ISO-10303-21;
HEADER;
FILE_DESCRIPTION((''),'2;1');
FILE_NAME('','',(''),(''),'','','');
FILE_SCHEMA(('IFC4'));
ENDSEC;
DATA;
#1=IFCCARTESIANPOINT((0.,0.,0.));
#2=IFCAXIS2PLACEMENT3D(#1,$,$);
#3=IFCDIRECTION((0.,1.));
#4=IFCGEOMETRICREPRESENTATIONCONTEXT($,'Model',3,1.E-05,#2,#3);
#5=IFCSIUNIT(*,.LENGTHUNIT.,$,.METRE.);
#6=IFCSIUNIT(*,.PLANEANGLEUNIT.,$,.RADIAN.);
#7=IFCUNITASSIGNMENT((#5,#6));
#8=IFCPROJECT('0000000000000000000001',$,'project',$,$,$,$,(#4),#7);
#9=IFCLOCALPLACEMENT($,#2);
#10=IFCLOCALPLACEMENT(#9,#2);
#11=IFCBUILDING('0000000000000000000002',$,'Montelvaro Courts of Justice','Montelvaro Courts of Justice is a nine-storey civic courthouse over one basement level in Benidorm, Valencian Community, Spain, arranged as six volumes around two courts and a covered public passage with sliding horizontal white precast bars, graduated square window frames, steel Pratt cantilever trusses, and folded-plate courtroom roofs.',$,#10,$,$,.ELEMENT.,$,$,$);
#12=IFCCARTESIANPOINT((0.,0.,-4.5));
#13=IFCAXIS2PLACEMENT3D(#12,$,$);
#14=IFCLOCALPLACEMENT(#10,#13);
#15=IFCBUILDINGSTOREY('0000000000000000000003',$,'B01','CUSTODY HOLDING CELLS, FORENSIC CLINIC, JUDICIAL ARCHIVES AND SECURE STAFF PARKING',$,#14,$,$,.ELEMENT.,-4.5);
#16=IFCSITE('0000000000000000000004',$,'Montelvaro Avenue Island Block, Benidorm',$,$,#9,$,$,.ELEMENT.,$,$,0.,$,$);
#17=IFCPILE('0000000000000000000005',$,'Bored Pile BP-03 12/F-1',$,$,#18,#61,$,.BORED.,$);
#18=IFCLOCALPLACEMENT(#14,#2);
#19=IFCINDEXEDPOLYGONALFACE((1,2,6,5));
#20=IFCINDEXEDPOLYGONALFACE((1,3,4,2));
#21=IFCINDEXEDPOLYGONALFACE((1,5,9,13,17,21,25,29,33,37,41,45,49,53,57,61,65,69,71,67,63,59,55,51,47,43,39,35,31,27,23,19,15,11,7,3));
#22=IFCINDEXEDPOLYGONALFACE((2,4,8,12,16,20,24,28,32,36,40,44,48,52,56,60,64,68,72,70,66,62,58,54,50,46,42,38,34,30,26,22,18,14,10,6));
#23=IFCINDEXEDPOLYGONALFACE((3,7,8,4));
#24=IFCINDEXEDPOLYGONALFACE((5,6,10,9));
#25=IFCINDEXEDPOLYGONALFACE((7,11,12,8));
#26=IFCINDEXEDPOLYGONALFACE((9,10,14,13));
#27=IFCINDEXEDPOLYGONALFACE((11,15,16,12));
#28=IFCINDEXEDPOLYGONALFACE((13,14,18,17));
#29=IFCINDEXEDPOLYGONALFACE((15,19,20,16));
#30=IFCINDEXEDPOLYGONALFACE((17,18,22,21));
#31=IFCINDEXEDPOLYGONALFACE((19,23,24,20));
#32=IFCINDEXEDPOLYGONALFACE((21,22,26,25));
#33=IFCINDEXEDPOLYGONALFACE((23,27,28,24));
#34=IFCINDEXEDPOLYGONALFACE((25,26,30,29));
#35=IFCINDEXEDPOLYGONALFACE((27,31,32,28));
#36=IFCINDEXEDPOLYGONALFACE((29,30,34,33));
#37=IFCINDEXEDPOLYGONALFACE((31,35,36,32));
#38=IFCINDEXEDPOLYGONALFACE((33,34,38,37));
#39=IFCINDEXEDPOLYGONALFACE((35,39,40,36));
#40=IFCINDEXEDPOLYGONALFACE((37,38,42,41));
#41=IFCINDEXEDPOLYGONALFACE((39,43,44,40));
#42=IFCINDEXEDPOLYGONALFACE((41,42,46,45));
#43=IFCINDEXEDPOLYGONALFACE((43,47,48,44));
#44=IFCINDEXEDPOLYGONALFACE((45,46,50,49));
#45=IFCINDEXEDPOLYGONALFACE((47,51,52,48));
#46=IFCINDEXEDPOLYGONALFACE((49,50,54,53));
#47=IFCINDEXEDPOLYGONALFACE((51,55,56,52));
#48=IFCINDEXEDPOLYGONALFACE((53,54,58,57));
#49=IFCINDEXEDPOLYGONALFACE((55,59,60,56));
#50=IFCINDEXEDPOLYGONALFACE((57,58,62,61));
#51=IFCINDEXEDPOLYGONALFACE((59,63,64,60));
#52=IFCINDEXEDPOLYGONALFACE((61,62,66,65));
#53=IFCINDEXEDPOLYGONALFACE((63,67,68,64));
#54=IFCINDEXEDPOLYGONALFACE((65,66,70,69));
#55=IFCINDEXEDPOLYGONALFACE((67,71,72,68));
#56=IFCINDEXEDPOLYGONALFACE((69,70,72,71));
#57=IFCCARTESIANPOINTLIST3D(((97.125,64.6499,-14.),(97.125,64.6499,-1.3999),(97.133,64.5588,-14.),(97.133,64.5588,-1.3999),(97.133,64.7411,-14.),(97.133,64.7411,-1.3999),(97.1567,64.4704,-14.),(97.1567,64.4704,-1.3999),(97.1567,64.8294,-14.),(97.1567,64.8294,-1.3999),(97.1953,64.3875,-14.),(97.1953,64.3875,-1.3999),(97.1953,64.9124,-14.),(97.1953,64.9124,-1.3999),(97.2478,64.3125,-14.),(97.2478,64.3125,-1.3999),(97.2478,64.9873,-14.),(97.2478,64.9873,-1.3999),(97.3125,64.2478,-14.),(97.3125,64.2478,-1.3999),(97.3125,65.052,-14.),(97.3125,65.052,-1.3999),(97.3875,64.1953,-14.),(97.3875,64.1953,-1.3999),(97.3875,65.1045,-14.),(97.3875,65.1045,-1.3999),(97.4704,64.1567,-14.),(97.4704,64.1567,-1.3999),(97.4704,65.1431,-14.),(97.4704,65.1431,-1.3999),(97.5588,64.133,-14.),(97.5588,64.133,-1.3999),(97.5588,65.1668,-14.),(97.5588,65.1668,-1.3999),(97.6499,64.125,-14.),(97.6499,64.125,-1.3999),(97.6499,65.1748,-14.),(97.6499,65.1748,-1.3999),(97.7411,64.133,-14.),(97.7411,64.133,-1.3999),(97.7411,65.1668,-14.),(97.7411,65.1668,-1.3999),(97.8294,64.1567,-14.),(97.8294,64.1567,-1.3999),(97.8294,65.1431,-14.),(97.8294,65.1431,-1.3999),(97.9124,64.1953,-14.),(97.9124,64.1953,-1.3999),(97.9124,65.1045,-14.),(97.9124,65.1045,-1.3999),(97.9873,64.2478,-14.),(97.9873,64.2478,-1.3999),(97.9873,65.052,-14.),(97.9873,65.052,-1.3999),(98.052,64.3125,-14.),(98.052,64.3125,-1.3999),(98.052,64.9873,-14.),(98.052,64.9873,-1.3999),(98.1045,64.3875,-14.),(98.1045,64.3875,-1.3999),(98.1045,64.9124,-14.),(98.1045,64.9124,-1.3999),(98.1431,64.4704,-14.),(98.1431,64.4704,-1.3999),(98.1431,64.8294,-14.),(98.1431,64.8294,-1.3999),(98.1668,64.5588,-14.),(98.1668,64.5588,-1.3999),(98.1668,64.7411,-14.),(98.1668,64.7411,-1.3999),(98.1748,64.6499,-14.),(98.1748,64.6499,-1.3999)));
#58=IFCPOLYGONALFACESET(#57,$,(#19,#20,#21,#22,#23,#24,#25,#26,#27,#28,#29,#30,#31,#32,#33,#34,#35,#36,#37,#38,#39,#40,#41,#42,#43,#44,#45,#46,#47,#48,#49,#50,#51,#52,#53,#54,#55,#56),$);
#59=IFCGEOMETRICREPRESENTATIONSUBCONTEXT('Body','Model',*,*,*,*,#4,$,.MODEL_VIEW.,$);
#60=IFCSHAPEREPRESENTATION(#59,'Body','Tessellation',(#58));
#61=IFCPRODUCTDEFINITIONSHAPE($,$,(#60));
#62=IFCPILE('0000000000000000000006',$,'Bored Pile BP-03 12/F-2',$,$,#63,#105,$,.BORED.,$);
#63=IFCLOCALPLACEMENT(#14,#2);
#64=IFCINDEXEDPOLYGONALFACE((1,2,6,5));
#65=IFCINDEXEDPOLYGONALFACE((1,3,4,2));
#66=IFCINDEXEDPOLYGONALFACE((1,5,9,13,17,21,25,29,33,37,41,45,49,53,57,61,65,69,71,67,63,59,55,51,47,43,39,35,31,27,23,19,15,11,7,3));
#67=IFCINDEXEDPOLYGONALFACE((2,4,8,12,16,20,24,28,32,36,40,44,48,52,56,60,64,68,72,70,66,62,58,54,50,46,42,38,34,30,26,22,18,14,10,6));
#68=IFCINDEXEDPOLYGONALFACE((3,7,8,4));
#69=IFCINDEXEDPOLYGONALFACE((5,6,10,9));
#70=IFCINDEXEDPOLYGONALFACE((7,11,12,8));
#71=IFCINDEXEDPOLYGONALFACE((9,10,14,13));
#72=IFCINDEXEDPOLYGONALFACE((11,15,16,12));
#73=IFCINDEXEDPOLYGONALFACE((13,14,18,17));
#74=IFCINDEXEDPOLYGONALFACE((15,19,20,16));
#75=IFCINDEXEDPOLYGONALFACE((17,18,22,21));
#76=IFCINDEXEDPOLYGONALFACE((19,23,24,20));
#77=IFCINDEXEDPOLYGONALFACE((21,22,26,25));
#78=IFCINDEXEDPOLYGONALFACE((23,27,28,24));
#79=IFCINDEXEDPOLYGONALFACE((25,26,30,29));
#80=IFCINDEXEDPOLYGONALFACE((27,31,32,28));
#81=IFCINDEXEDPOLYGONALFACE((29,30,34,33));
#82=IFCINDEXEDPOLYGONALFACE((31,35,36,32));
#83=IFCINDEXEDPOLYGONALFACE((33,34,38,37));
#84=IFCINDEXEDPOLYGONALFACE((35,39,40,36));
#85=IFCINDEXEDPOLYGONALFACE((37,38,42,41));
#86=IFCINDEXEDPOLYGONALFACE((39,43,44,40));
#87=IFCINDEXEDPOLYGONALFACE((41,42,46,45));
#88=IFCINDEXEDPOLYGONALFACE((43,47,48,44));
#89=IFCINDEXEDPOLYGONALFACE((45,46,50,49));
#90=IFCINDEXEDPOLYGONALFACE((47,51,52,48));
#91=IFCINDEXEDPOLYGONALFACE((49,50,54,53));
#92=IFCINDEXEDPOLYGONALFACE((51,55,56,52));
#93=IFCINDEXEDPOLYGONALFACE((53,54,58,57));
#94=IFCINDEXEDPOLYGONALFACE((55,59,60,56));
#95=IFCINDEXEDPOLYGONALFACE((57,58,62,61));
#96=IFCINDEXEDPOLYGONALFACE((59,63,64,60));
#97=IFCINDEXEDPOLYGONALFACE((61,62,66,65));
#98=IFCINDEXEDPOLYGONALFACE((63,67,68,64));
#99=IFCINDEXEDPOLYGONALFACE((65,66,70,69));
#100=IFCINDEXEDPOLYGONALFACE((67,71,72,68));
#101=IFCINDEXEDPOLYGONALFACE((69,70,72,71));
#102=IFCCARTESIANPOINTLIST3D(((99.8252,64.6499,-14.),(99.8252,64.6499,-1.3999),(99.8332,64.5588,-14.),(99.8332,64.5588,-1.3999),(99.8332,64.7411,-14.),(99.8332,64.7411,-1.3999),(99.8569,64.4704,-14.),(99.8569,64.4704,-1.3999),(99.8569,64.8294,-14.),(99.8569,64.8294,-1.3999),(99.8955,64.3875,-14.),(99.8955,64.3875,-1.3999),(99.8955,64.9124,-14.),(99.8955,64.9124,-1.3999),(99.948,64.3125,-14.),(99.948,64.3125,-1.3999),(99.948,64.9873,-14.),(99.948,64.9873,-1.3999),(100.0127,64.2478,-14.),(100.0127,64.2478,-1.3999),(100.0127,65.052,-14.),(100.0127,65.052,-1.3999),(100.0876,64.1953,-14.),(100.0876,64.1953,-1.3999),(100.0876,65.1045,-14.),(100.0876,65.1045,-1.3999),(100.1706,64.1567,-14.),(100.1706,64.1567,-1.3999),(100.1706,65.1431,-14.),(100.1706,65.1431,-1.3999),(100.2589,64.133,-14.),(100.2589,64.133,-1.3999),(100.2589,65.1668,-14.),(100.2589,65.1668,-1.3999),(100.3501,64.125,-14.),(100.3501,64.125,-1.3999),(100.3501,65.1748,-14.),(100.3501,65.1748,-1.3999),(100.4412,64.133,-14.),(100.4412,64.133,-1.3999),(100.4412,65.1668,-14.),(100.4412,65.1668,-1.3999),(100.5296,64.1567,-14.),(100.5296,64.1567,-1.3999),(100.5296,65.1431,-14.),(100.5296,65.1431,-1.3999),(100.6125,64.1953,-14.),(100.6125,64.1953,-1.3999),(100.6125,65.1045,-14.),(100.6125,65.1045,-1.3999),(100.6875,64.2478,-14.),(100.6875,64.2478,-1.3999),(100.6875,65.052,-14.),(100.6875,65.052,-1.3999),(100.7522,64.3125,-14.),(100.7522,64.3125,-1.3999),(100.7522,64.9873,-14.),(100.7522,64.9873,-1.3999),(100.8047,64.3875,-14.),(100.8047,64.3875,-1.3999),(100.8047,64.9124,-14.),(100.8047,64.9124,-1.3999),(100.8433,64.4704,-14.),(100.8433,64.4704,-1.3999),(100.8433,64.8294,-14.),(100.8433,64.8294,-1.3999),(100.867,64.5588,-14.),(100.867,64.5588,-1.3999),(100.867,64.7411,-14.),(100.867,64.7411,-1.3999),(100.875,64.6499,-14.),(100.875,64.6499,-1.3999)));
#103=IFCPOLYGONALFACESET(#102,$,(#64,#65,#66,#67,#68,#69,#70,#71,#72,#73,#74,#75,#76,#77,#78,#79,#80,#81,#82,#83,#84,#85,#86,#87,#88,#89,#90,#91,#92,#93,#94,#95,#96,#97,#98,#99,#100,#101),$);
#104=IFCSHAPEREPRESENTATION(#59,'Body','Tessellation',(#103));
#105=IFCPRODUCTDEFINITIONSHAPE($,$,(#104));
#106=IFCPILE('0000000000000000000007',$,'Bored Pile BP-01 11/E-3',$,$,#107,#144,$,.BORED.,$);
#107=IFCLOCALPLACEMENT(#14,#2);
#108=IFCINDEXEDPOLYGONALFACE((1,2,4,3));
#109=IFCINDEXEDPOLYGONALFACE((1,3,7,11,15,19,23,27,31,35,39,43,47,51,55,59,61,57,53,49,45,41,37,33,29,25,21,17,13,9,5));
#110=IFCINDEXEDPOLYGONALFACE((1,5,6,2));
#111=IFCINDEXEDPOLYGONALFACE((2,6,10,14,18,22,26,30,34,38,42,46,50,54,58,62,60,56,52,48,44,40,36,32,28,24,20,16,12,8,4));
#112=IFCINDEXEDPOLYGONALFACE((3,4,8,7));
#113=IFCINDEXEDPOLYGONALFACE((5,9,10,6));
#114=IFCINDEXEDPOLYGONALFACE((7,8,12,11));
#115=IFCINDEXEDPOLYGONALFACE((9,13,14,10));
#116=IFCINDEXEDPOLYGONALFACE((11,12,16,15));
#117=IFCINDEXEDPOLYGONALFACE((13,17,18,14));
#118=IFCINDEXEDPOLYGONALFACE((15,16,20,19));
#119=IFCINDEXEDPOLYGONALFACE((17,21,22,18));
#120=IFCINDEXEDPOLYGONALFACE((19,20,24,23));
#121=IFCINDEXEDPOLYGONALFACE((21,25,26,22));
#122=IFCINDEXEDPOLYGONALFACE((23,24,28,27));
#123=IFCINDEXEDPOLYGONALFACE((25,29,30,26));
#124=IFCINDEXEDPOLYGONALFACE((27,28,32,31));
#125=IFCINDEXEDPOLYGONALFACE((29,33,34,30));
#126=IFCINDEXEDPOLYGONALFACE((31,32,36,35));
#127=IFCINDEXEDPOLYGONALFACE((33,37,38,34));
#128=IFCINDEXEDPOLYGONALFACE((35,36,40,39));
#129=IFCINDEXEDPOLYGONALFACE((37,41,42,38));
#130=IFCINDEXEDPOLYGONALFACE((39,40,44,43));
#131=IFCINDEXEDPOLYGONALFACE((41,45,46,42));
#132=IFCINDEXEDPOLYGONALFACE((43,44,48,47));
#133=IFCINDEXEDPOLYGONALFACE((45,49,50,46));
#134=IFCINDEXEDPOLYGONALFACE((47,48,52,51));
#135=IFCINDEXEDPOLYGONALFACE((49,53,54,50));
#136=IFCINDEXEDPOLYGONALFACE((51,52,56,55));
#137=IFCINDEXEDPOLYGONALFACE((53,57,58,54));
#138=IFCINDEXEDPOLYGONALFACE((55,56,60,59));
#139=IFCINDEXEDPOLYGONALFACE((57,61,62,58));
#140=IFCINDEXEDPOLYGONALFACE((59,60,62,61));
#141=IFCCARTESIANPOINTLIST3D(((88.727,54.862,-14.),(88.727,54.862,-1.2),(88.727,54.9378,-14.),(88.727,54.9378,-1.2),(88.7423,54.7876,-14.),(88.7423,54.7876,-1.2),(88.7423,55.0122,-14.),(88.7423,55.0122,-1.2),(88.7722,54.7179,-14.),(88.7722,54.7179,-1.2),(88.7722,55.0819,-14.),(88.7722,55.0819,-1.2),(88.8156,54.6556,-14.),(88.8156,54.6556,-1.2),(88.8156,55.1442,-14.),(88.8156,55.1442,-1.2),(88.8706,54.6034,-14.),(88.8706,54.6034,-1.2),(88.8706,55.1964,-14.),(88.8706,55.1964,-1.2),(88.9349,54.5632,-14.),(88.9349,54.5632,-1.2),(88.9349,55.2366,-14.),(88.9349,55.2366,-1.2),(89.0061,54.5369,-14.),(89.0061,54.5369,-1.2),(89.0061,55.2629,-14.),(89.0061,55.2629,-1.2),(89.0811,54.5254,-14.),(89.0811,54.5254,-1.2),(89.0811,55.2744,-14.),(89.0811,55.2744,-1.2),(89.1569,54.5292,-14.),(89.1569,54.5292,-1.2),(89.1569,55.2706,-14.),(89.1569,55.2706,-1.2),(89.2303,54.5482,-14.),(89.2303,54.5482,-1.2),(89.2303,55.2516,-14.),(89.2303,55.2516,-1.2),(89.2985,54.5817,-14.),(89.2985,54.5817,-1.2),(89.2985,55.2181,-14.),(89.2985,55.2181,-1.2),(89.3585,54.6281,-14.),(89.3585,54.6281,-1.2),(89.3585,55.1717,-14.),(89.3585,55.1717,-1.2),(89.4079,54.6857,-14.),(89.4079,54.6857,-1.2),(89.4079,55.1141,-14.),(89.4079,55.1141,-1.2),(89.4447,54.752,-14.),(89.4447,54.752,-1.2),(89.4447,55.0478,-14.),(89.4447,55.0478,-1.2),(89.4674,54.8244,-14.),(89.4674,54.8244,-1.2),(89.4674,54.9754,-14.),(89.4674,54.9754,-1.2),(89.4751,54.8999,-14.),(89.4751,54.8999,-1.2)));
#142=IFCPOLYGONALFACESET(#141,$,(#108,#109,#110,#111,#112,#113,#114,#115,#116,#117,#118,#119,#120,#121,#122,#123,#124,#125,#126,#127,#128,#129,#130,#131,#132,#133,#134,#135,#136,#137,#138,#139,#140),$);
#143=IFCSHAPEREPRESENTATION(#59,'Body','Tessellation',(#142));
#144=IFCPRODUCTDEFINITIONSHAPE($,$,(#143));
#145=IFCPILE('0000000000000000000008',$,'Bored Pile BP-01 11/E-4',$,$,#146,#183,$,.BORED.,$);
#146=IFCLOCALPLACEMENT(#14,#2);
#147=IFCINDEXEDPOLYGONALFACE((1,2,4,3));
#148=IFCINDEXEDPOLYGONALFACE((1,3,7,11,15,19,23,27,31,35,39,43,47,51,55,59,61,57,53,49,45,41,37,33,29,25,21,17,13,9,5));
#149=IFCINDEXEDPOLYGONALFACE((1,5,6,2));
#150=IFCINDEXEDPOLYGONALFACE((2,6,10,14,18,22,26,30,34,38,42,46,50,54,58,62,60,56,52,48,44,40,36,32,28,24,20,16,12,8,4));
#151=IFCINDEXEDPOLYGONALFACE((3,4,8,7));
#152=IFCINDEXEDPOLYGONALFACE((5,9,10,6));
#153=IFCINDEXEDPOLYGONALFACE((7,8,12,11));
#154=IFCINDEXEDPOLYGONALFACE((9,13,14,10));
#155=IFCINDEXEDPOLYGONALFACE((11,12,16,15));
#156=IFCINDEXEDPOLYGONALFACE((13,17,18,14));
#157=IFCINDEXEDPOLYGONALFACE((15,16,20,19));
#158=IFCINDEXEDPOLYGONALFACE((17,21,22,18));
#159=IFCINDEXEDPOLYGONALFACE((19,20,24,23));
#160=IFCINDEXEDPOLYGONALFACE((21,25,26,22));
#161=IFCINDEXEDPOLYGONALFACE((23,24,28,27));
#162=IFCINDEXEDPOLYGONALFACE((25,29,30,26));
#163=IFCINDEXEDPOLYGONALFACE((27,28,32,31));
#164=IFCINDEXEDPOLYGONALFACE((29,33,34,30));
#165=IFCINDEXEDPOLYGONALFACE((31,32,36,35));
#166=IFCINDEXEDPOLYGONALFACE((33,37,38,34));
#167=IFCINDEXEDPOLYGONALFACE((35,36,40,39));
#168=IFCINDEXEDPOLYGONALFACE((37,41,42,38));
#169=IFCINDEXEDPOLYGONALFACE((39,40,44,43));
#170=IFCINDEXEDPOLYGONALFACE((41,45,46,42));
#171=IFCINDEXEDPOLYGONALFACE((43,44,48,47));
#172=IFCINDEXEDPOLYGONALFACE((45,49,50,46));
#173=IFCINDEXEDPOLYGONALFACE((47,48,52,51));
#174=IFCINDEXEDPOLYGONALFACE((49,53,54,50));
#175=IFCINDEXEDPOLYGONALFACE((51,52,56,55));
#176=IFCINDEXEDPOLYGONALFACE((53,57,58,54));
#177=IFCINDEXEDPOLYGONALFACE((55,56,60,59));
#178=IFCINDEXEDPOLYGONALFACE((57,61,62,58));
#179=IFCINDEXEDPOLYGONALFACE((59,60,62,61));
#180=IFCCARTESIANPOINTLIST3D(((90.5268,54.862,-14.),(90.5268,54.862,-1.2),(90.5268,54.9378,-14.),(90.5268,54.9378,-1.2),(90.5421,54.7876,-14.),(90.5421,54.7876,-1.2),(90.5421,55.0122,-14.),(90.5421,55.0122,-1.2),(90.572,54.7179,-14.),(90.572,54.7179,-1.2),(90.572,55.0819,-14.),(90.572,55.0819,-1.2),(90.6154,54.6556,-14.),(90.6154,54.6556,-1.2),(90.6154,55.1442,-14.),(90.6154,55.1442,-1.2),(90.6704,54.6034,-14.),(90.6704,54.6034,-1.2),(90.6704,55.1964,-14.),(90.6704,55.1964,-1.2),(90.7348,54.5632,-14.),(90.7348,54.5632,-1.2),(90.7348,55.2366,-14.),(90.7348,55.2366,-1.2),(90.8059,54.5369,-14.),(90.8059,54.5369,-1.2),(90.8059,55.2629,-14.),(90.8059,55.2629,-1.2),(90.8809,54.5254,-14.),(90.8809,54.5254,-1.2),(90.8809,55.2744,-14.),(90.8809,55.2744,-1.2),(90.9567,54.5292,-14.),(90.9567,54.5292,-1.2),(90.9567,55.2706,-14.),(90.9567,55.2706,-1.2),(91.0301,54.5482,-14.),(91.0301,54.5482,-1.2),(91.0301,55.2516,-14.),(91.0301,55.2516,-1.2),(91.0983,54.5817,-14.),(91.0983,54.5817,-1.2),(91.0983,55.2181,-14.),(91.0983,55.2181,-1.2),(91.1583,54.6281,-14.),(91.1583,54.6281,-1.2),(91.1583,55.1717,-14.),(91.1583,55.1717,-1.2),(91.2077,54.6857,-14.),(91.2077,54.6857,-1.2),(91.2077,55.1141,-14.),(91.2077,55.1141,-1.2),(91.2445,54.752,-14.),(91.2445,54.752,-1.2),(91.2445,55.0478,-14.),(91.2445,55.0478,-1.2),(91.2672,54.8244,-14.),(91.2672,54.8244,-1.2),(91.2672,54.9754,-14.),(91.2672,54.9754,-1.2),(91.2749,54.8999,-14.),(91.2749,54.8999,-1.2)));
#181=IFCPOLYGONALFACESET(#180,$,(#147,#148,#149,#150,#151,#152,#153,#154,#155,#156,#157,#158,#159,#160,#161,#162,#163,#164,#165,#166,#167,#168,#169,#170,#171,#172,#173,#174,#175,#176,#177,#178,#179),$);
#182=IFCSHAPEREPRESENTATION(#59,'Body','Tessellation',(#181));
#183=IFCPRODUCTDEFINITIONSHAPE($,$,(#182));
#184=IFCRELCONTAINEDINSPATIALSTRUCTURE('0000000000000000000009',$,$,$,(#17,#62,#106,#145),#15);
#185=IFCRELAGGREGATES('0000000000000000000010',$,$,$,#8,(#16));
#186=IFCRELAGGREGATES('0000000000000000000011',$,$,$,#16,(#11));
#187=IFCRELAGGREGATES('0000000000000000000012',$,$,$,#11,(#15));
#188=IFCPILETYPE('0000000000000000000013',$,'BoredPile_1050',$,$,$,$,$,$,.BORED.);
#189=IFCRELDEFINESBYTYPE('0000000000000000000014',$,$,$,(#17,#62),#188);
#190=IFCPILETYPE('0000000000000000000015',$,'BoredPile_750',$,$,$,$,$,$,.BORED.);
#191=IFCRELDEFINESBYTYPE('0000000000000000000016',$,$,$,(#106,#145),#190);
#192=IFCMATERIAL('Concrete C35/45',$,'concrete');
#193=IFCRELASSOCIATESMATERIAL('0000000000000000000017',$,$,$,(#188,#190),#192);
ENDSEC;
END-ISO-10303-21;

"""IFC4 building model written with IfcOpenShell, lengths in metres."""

from ifc_helpers import new_model, si_unit, direction, frame, origin, origin_2d, place, context, subcontext, project, spatial, circle, extrude, material, material_profile, profile_set, type_object, element, save


model = new_model("IFC4")

# Units and contexts
model_context = context("Model", 3, precision=1e-05, world=origin(), true_north=direction((0.0, 1.0)))
body_context = subcontext(model_context, "Body", "Model", "MODEL_VIEW")
ifc_project = project(units=[si_unit("LENGTHUNIT", "METRE"), si_unit("PLANEANGLEUNIT", "RADIAN")], contexts=[model_context])

# Site, building, storey
site_placement = place(None, origin())
site = spatial("IfcSite", under=ifc_project, at=site_placement, Name="Montelvaro Avenue Island Block, Benidorm", CompositionType="ELEMENT", RefElevation=0.0)
building_placement = place(site_placement, origin())
building = spatial("IfcBuilding", under=site, at=building_placement, Name="Montelvaro Courts of Justice", Description="Montelvaro Courts of Justice is a nine-storey civic courthouse over one basement level in Benidorm, Valencian Community, Spain, arranged as six volumes around two courts and a covered public passage with sliding horizontal white precast bars, graduated square window frames, steel Pratt cantilever trusses, and folded-plate courtroom roofs.", CompositionType="ELEMENT")
storey_placement = place(building_placement, frame((0.0, 0.0, -4.5)))
storey = spatial("IfcBuildingStorey", under=building, at=storey_placement, Name="B01", Description="CUSTODY HOLDING CELLS, FORENSIC CLINIC, JUDICIAL ARCHIVES AND SECURE STAFF PARKING", CompositionType="ELEMENT", Elevation=-4.5)

# Piles
ifc_material_1 = material(Name="Concrete C35/45", Category="concrete")
ifc_material_profile_1 = material_profile(ifc_material_1, circle(Radius=0.5249, at=origin_2d()), Name="BORED PILE D1050")
ifc_profile_set_1 = profile_set([ifc_material_profile_1], Name="Concrete C35/45")
pile_type_1 = type_object("IfcPileType", Name="BoredPile_1050", PredefinedType="BORED", material=ifc_profile_set_1)
for number, where, z_axis, x_axis, name in (
    (1, (97.6499, 64.6499, -1.3999), (0.0, 0.0, -1.0), (1.0, 0.0, 0.0), "Bored Pile BP-03 12/F-1"),
    (2, (100.3501, 64.6499, -1.3999), (0.0, 0.0, -1.0), (1.0, 0.0, 0.0), "Bored Pile BP-03 12/F-2"),
):
    element("IfcPile", number, at=place(storey_placement, frame(where, z_axis=z_axis, x_axis=x_axis)), inside=storey, type_object=pile_type_1, Name=name, PredefinedType="BORED", context=body_context, shape_type="SweptSolid", body=[
        extrude(circle(Radius=0.5249, at=origin_2d()), origin(), (0.0, 0.0, 1.0), 12.6001),
    ])
ifc_material_profile_2 = material_profile(ifc_material_1, circle(Radius=0.375, at=origin_2d()), Name="BORED PILE D750")
ifc_profile_set_2 = profile_set([ifc_material_profile_2], Name="Concrete C35/45")
pile_type_2 = type_object("IfcPileType", Name="BoredPile_750", PredefinedType="BORED", material=ifc_profile_set_2)
for number, where, z_axis, x_axis, name in (
    (3, (89.1001, 54.8999, -1.2), (0.0, 0.0, -1.0), (1.0, 0.0, 0.0), "Bored Pile BP-01 11/E-3"),
    (4, (90.8999, 54.8999, -1.2), (0.0, 0.0, -1.0), (1.0, 0.0, 0.0), "Bored Pile BP-01 11/E-4"),
):
    element("IfcPile", number, at=place(storey_placement, frame(where, z_axis=z_axis, x_axis=x_axis)), inside=storey, type_object=pile_type_2, Name=name, PredefinedType="BORED", context=body_context, shape_type="SweptSolid", body=[
        extrude(circle(Radius=0.375, at=origin_2d()), origin(), (0.0, 0.0, 1.0), 12.8),
    ])

save(model, "model.ifc")
